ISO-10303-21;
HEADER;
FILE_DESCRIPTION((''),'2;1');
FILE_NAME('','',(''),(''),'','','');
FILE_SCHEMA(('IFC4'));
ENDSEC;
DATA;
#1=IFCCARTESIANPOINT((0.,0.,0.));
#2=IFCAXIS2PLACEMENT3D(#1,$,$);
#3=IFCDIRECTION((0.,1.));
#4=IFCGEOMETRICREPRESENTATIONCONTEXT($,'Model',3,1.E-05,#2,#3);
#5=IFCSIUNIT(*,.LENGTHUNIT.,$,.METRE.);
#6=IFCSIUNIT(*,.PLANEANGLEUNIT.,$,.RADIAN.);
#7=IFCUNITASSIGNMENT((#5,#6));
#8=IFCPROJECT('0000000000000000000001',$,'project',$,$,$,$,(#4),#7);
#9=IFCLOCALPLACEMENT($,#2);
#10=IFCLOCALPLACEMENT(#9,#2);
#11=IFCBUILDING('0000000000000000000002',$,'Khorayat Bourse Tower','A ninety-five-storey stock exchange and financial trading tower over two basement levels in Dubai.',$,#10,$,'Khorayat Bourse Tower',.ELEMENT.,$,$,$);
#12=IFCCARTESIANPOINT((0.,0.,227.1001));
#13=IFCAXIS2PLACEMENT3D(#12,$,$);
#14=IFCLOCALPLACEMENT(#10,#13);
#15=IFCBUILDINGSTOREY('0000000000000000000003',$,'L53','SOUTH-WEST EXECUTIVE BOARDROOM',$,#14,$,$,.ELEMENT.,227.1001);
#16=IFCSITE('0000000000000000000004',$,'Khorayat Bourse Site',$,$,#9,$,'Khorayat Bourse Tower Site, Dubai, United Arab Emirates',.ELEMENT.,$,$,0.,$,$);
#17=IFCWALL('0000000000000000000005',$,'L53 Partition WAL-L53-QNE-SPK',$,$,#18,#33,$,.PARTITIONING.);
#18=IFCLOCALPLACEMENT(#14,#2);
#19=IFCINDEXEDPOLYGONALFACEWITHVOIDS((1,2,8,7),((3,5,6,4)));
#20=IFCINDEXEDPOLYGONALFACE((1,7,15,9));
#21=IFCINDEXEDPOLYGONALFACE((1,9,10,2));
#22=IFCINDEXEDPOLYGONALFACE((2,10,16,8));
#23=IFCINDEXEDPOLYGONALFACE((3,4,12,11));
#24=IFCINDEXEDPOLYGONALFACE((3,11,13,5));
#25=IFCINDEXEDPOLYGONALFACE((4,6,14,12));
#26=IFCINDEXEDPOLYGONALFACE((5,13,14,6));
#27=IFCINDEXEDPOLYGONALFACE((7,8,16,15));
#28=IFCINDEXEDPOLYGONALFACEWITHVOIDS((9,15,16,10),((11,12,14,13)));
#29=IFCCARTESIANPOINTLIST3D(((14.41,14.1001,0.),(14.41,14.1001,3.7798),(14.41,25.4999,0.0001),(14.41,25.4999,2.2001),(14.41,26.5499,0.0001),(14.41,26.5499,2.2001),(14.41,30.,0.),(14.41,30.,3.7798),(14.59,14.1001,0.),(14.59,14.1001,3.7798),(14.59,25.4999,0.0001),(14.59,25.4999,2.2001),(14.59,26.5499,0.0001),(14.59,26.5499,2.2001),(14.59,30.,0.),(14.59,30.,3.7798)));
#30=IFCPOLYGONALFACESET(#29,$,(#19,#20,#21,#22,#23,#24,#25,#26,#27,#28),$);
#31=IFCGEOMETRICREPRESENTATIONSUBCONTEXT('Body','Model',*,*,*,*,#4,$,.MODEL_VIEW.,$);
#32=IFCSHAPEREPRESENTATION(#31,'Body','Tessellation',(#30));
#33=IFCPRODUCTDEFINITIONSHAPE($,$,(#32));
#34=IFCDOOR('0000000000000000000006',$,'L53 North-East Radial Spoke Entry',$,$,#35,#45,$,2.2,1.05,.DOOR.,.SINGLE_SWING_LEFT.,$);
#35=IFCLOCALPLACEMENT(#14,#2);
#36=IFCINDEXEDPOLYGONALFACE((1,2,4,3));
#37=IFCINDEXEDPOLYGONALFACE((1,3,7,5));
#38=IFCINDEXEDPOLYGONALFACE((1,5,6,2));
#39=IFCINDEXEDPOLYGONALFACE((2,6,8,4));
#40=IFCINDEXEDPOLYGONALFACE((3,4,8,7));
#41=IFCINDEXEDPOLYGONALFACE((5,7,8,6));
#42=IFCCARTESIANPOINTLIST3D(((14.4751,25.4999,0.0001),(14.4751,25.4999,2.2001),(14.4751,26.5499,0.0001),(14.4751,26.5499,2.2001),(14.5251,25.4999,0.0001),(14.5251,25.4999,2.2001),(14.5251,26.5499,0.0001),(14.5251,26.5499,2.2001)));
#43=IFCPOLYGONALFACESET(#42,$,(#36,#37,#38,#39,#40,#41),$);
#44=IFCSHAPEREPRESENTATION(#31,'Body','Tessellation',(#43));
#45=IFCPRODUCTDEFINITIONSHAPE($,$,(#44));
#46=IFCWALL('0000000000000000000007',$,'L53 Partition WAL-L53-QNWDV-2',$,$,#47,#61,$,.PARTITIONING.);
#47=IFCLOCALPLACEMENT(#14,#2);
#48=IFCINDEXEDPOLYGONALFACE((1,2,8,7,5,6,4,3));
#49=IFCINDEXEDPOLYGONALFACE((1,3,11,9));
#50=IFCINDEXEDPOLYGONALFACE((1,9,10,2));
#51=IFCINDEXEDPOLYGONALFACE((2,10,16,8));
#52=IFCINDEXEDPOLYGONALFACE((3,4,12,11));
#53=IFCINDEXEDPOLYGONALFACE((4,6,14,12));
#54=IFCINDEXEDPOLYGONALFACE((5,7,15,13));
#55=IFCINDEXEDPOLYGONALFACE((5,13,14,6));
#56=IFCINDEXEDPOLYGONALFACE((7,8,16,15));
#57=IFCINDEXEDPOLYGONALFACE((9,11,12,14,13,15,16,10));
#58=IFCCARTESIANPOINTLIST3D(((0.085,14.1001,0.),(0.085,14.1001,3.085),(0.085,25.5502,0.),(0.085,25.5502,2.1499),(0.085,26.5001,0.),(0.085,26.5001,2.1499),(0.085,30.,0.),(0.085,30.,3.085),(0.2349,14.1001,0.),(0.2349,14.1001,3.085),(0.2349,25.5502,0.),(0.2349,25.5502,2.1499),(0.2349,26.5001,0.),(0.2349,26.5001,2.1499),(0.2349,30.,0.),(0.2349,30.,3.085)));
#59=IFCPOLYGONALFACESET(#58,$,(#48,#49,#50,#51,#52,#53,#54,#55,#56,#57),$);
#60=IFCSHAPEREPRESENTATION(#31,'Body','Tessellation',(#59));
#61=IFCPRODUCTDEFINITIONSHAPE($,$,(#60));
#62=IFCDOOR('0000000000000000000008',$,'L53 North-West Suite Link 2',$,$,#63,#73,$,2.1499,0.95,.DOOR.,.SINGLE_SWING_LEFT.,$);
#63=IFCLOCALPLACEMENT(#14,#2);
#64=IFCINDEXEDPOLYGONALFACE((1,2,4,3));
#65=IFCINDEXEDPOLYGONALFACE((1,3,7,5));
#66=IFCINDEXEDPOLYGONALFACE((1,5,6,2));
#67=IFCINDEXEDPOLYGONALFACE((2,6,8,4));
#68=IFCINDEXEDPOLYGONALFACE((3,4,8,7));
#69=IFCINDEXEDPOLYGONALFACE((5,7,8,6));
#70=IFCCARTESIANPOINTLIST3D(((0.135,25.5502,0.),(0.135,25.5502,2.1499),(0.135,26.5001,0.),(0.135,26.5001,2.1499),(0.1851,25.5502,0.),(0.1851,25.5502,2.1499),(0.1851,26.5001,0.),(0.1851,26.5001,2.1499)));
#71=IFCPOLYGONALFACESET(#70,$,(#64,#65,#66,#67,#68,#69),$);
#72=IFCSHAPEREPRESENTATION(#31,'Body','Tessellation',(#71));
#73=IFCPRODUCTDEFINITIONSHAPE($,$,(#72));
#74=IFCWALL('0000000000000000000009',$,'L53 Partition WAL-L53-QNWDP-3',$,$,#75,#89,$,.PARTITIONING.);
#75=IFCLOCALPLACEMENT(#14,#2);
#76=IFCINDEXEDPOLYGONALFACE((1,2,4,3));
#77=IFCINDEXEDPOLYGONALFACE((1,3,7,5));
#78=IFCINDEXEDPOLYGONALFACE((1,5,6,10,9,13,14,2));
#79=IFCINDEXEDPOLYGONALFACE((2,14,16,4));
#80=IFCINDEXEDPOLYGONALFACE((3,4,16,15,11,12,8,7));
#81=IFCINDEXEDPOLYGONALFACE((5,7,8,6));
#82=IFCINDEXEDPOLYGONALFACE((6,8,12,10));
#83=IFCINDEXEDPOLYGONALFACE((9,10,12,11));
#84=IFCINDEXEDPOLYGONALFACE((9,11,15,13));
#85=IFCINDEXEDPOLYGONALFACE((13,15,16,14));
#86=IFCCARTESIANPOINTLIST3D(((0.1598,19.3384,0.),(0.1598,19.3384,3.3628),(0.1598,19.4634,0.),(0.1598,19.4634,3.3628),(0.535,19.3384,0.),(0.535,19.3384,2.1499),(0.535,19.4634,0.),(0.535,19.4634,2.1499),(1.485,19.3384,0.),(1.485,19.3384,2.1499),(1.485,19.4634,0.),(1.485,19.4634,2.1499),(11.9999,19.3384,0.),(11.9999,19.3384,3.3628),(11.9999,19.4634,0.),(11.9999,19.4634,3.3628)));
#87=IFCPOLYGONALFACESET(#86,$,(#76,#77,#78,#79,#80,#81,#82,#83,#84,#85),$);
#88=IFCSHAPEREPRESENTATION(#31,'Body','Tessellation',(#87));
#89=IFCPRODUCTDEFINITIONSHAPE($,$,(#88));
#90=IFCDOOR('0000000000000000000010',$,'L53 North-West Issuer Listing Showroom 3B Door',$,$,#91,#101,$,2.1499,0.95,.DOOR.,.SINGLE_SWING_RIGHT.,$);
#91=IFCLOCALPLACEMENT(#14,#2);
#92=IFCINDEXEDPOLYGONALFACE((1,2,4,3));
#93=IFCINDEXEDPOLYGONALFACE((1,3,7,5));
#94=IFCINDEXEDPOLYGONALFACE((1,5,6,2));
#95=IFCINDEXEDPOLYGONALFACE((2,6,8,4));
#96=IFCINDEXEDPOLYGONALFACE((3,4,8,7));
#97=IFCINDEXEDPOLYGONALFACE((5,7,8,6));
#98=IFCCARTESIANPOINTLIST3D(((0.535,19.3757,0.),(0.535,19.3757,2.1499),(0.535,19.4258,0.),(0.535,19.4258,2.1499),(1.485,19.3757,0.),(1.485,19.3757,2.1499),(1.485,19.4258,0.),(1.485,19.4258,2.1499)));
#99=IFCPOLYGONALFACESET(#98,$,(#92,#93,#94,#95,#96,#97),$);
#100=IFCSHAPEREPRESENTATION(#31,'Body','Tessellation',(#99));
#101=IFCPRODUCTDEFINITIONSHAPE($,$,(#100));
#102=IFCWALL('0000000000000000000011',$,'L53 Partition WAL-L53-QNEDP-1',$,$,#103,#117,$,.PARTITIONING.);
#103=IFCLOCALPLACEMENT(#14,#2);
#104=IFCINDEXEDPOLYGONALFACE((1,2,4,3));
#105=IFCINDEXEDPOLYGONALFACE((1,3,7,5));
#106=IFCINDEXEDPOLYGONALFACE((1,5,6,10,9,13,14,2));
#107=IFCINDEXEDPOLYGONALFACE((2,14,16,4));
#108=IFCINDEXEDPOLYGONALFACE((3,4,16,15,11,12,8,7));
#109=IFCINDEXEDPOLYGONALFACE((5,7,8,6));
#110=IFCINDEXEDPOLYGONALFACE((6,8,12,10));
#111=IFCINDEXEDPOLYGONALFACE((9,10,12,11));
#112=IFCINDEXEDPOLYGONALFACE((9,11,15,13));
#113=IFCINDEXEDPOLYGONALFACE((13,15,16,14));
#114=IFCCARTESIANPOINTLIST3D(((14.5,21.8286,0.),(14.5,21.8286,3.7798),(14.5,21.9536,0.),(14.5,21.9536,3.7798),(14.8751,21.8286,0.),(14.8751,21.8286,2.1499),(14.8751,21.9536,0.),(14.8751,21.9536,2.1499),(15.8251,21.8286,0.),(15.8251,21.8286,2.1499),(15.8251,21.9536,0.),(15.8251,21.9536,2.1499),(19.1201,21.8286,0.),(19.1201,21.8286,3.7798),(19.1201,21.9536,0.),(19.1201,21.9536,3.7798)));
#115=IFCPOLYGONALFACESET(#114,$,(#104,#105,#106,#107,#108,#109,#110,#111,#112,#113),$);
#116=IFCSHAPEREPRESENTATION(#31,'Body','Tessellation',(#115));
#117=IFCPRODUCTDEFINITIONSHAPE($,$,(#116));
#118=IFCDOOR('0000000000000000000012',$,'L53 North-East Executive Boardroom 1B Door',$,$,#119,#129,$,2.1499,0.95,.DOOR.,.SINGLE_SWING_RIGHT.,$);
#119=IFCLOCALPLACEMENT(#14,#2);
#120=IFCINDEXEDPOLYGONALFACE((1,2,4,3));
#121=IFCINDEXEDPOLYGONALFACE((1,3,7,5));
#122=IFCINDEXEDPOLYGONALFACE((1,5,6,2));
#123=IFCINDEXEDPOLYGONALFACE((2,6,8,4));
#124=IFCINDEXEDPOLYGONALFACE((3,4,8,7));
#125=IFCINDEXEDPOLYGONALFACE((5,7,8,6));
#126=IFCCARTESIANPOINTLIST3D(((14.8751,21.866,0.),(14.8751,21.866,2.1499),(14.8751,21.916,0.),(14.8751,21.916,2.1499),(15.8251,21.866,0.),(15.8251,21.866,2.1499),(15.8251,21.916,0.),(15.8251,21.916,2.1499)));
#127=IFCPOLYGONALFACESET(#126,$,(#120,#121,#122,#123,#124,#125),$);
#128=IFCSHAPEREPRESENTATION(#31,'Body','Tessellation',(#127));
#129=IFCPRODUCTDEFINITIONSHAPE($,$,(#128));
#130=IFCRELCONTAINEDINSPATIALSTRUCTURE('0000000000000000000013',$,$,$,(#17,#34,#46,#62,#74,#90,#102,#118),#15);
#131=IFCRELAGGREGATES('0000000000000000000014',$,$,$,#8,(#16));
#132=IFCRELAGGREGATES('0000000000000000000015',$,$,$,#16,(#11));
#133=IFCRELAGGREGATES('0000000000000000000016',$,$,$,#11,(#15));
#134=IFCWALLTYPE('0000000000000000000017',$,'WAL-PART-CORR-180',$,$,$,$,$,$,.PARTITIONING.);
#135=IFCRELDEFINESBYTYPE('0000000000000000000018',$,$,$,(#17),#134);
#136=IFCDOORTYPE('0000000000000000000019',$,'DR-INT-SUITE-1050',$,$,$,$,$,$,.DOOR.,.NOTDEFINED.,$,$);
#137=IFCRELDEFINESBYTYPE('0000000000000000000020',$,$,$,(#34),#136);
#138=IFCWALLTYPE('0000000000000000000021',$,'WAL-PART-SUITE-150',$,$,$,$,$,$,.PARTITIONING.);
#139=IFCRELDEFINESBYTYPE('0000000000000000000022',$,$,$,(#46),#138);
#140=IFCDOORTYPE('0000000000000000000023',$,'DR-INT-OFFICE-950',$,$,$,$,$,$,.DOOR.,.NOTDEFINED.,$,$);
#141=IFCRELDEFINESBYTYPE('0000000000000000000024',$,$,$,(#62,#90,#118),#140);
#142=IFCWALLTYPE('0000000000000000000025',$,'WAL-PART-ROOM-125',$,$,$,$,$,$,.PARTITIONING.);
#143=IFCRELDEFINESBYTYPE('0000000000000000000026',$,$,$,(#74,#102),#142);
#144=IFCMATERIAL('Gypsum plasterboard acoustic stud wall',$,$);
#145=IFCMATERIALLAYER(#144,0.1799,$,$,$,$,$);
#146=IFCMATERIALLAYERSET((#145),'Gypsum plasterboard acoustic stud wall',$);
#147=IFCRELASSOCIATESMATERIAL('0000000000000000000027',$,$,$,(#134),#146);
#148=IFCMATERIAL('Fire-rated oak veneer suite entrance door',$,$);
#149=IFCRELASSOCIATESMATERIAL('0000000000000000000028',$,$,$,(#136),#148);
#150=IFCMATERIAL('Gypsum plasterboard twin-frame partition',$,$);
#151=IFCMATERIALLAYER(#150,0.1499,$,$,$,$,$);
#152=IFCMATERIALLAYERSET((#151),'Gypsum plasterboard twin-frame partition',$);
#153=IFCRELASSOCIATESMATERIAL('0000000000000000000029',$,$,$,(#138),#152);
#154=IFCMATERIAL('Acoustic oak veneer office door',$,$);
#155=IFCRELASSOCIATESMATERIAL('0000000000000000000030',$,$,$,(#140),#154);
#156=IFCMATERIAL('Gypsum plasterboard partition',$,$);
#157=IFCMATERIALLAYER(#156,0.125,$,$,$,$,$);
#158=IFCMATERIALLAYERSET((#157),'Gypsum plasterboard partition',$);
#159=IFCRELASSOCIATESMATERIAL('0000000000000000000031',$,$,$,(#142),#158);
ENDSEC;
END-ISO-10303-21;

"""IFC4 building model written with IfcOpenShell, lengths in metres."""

from ifc_helpers import new_model, si_unit, direction, frame, frame_2d, origin, place, context, subcontext, project, spatial, rectangle, extrude, source, transform, mapped, material, layer, layer_set, type_object, element, fill, save


model = new_model("IFC4")

# Units and contexts
model_context = context("Model", 3, precision=1e-05, world=origin(), true_north=direction((0.0, 1.0)))
body_context = subcontext(model_context, "Body", "Model", "MODEL_VIEW")
ifc_project = project(units=[si_unit("LENGTHUNIT", "METRE"), si_unit("PLANEANGLEUNIT", "RADIAN")], contexts=[model_context])

# Site, building, storey
site_placement = place(None, origin())
site = spatial("IfcSite", under=ifc_project, at=site_placement, Name="Khorayat Bourse Site", LongName="Khorayat Bourse Tower Site, Dubai, United Arab Emirates", CompositionType="ELEMENT", RefElevation=0.0)
building_placement = place(site_placement, origin())
building = spatial("IfcBuilding", under=site, at=building_placement, Name="Khorayat Bourse Tower", Description="A ninety-five-storey stock exchange and financial trading tower over two basement levels in Dubai.", LongName="Khorayat Bourse Tower", CompositionType="ELEMENT")
storey_placement = place(building_placement, frame((0.0, 0.0, 227.1001)))
storey = spatial("IfcBuildingStorey", under=building, at=storey_placement, Name="L53", Description="SOUTH-WEST EXECUTIVE BOARDROOM", CompositionType="ELEMENT", Elevation=227.1001)

# Shared definitions
ifc_material_1 = material(Name="Gypsum plasterboard acoustic stud wall")
ifc_layer_1 = layer(ifc_material_1, 0.1799)
ifc_layer_set_1 = layer_set([ifc_layer_1], Name="Gypsum plasterboard acoustic stud wall")
wall_type_1 = type_object("IfcWallType", Name="WAL-PART-CORR-180", PredefinedType="PARTITIONING", material=ifc_layer_set_1)

# Walls, openings, doors
shared_shape_1 = source(origin(), body_context, "Body", "SweptSolid", [
    extrude(rectangle(XDim=15.8999, YDim=0.1799, at=frame_2d((7.95, 0.0))), origin(), (0.0, 0.0, 1.0), 3.7798),
])
shared_shape_2 = source(origin(), body_context, "Body", "SweptSolid", [
    extrude(rectangle(XDim=1.05, YDim=2.2, at=frame_2d((0.5249, 1.1001))), frame((0.0, 0.0999, 0.0), z_axis=(0.0, -1.0, 0.0), x_axis=(1.0, 0.0, 0.0)), (0.0, 0.0, 1.0), 0.2),
])
ifc_material_2 = material(Name="Fire-rated oak veneer suite entrance door")
door_type_1 = type_object("IfcDoorType", Name="DR-INT-SUITE-1050", OperationType="NOTDEFINED", PredefinedType="DOOR", material=ifc_material_2)
shared_shape_3 = source(origin(), body_context, "Body", "SweptSolid", [
    extrude(rectangle(XDim=1.05, YDim=2.2, at=frame_2d((0.5249, 1.1001))), frame((0.0, 0.0249, 0.0), z_axis=(0.0, -1.0, 0.0), x_axis=(1.0, 0.0, 0.0)), (0.0, 0.0, 1.0), 0.05),
])
wall_1_placement = place(storey_placement, frame((14.5, 14.1001, 0.0), z_axis=(0.0, 0.0, 1.0), x_axis=(0.0, 1.0, 0.0)))
wall_1 = element("IfcWall", 1, at=wall_1_placement, inside=storey, type_object=wall_type_1, Name="L53 Partition WAL-L53-QNE-SPK", PredefinedType="PARTITIONING", context=body_context, shape_type="MappedRepresentation", body=[
    mapped(shared_shape_1, transform((0.0, 0.0, 0.0), scale=1.0)),
])
opening_1_placement = place(wall_1_placement, frame((11.3999, 0.0, 0.0)))
opening_1 = element("IfcOpeningElement", 2, at=opening_1_placement, cuts=wall_1, PredefinedType="OPENING", context=body_context, shape_type="MappedRepresentation", body=[
    mapped(shared_shape_2, transform((0.0, 0.0, 0.0), scale=1.0)),
])
door_1_placement = place(opening_1_placement, origin())
door_1 = element("IfcDoor", 3, at=door_1_placement, inside=storey, type_object=door_type_1, Name="L53 North-East Radial Spoke Entry", OperationType="SINGLE_SWING_LEFT", OverallHeight=2.2, OverallWidth=1.05, PredefinedType="DOOR", context=body_context, shape_type="MappedRepresentation", body=[
    mapped(shared_shape_3, transform((0.0, 0.0, 0.0), scale=1.0)),
])
fill(opening_1, door_1)
ifc_material_3 = material(Name="Gypsum plasterboard twin-frame partition")
ifc_layer_2 = layer(ifc_material_3, 0.1499)
ifc_layer_set_2 = layer_set([ifc_layer_2], Name="Gypsum plasterboard twin-frame partition")
wall_type_2 = type_object("IfcWallType", Name="WAL-PART-SUITE-150", PredefinedType="PARTITIONING", material=ifc_layer_set_2)
shared_shape_4 = source(origin(), body_context, "Body", "SweptSolid", [
    extrude(rectangle(XDim=15.8999, YDim=0.1499, at=frame_2d((7.95, 0.0))), origin(), (0.0, 0.0, 1.0), 3.085),
])
wall_2_placement = place(storey_placement, frame((0.1599, 14.1001, 0.0), z_axis=(0.0, 0.0, 1.0), x_axis=(0.0, 1.0, 0.0)))
wall_2 = element("IfcWall", 4, at=wall_2_placement, inside=storey, type_object=wall_type_2, Name="L53 Partition WAL-L53-QNWDV-2", PredefinedType="PARTITIONING", context=body_context, shape_type="MappedRepresentation", body=[
    mapped(shared_shape_4, transform((0.0, 0.0, 0.0), scale=1.0)),
])
shared_shape_5 = source(origin(), body_context, "Body", "SweptSolid", [
    extrude(rectangle(XDim=0.95, YDim=2.1499, at=frame_2d((0.4751, 1.075))), frame((0.0, 0.085, 0.0), z_axis=(0.0, -1.0, 0.0), x_axis=(1.0, 0.0, 0.0)), (0.0, 0.0, 1.0), 0.1699),
])
opening_2_placement = place(wall_2_placement, frame((11.45, 0.0, 0.0)))
opening_2 = element("IfcOpeningElement", 5, at=opening_2_placement, cuts=wall_2, PredefinedType="OPENING", context=body_context, shape_type="MappedRepresentation", body=[
    mapped(shared_shape_5, transform((0.0, 0.0, 0.0), scale=1.0)),
])
ifc_material_4 = material(Name="Acoustic oak veneer office door")
door_type_2 = type_object("IfcDoorType", Name="DR-INT-OFFICE-950", OperationType="NOTDEFINED", PredefinedType="DOOR", material=ifc_material_4)
shared_shape_6 = source(origin(), body_context, "Body", "SweptSolid", [
    extrude(rectangle(XDim=0.95, YDim=2.1499, at=frame_2d((0.4751, 1.075))), frame((0.0, 0.0249, 0.0), z_axis=(0.0, -1.0, 0.0), x_axis=(1.0, 0.0, 0.0)), (0.0, 0.0, 1.0), 0.05),
])
door_2_placement = place(opening_2_placement, origin())
door_2 = element("IfcDoor", 6, at=door_2_placement, inside=storey, type_object=door_type_2, Name="L53 North-West Suite Link 2", OperationType="SINGLE_SWING_LEFT", OverallHeight=2.1499, OverallWidth=0.95, PredefinedType="DOOR", context=body_context, shape_type="MappedRepresentation", body=[
    mapped(shared_shape_6, transform((0.0, 0.0, 0.0), scale=1.0)),
])
fill(opening_2, door_2)
ifc_material_5 = material(Name="Gypsum plasterboard partition")
ifc_layer_3 = layer(ifc_material_5, 0.125)
ifc_layer_set_3 = layer_set([ifc_layer_3], Name="Gypsum plasterboard partition")
wall_type_3 = type_object("IfcWallType", Name="WAL-PART-ROOM-125", PredefinedType="PARTITIONING", material=ifc_layer_set_3)
shared_shape_7 = source(origin(), body_context, "Body", "SweptSolid", [
    extrude(rectangle(XDim=11.8401, YDim=0.125, at=frame_2d((5.9199, 0.0))), origin(), (0.0, 0.0, 1.0), 3.3628),
])
wall_3_placement = place(storey_placement, frame((0.1599, 19.4009, 0.0), z_axis=(0.0, 0.0, 1.0), x_axis=(1.0, 0.0, 0.0)))
wall_3 = element("IfcWall", 7, at=wall_3_placement, inside=storey, type_object=wall_type_3, Name="L53 Partition WAL-L53-QNWDP-3", PredefinedType="PARTITIONING", context=body_context, shape_type="MappedRepresentation", body=[
    mapped(shared_shape_7, transform((0.0, 0.0, 0.0), scale=1.0)),
])
shared_shape_8 = source(origin(), body_context, "Body", "SweptSolid", [
    extrude(rectangle(XDim=0.95, YDim=2.1499, at=frame_2d((0.4751, 1.075))), frame((0.0, 0.0725, 0.0), z_axis=(0.0, -1.0, 0.0), x_axis=(1.0, 0.0, 0.0)), (0.0, 0.0, 1.0), 0.145),
])
opening_3_placement = place(wall_3_placement, frame((0.375, 0.0, 0.0)))
opening_3 = element("IfcOpeningElement", 8, at=opening_3_placement, cuts=wall_3, PredefinedType="OPENING", context=body_context, shape_type="MappedRepresentation", body=[
    mapped(shared_shape_8, transform((0.0, 0.0, 0.0), scale=1.0)),
])
door_3_placement = place(opening_3_placement, origin())
door_3 = element("IfcDoor", 9, at=door_3_placement, inside=storey, type_object=door_type_2, Name="L53 North-West Issuer Listing Showroom 3B Door", OperationType="SINGLE_SWING_RIGHT", OverallHeight=2.1499, OverallWidth=0.95, PredefinedType="DOOR", context=body_context, shape_type="MappedRepresentation", body=[
    mapped(shared_shape_6, transform((0.0, 0.0, 0.0), scale=1.0)),
])
fill(opening_3, door_3)
shared_shape_9 = source(origin(), body_context, "Body", "SweptSolid", [
    extrude(rectangle(XDim=4.6201, YDim=0.125, at=frame_2d((2.3101, 0.0))), origin(), (0.0, 0.0, 1.0), 3.7798),
])
wall_4_placement = place(storey_placement, frame((14.5, 21.8911, 0.0), z_axis=(0.0, 0.0, 1.0), x_axis=(1.0, 0.0, 0.0)))
wall_4 = element("IfcWall", 10, at=wall_4_placement, inside=storey, type_object=wall_type_3, Name="L53 Partition WAL-L53-QNEDP-1", PredefinedType="PARTITIONING", context=body_context, shape_type="MappedRepresentation", body=[
    mapped(shared_shape_9, transform((0.0, 0.0, 0.0), scale=1.0)),
])
opening_4_placement = place(wall_4_placement, frame((0.375, 0.0, 0.0)))
opening_4 = element("IfcOpeningElement", 11, at=opening_4_placement, cuts=wall_4, PredefinedType="OPENING", context=body_context, shape_type="MappedRepresentation", body=[
    mapped(shared_shape_8, transform((0.0, 0.0, 0.0), scale=1.0)),
])
door_4_placement = place(opening_4_placement, origin())
door_4 = element("IfcDoor", 12, at=door_4_placement, inside=storey, type_object=door_type_2, Name="L53 North-East Executive Boardroom 1B Door", OperationType="SINGLE_SWING_RIGHT", OverallHeight=2.1499, OverallWidth=0.95, PredefinedType="DOOR", context=body_context, shape_type="MappedRepresentation", body=[
    mapped(shared_shape_6, transform((0.0, 0.0, 0.0), scale=1.0)),
])
fill(opening_4, door_4)

save(model, "model.ifc")
